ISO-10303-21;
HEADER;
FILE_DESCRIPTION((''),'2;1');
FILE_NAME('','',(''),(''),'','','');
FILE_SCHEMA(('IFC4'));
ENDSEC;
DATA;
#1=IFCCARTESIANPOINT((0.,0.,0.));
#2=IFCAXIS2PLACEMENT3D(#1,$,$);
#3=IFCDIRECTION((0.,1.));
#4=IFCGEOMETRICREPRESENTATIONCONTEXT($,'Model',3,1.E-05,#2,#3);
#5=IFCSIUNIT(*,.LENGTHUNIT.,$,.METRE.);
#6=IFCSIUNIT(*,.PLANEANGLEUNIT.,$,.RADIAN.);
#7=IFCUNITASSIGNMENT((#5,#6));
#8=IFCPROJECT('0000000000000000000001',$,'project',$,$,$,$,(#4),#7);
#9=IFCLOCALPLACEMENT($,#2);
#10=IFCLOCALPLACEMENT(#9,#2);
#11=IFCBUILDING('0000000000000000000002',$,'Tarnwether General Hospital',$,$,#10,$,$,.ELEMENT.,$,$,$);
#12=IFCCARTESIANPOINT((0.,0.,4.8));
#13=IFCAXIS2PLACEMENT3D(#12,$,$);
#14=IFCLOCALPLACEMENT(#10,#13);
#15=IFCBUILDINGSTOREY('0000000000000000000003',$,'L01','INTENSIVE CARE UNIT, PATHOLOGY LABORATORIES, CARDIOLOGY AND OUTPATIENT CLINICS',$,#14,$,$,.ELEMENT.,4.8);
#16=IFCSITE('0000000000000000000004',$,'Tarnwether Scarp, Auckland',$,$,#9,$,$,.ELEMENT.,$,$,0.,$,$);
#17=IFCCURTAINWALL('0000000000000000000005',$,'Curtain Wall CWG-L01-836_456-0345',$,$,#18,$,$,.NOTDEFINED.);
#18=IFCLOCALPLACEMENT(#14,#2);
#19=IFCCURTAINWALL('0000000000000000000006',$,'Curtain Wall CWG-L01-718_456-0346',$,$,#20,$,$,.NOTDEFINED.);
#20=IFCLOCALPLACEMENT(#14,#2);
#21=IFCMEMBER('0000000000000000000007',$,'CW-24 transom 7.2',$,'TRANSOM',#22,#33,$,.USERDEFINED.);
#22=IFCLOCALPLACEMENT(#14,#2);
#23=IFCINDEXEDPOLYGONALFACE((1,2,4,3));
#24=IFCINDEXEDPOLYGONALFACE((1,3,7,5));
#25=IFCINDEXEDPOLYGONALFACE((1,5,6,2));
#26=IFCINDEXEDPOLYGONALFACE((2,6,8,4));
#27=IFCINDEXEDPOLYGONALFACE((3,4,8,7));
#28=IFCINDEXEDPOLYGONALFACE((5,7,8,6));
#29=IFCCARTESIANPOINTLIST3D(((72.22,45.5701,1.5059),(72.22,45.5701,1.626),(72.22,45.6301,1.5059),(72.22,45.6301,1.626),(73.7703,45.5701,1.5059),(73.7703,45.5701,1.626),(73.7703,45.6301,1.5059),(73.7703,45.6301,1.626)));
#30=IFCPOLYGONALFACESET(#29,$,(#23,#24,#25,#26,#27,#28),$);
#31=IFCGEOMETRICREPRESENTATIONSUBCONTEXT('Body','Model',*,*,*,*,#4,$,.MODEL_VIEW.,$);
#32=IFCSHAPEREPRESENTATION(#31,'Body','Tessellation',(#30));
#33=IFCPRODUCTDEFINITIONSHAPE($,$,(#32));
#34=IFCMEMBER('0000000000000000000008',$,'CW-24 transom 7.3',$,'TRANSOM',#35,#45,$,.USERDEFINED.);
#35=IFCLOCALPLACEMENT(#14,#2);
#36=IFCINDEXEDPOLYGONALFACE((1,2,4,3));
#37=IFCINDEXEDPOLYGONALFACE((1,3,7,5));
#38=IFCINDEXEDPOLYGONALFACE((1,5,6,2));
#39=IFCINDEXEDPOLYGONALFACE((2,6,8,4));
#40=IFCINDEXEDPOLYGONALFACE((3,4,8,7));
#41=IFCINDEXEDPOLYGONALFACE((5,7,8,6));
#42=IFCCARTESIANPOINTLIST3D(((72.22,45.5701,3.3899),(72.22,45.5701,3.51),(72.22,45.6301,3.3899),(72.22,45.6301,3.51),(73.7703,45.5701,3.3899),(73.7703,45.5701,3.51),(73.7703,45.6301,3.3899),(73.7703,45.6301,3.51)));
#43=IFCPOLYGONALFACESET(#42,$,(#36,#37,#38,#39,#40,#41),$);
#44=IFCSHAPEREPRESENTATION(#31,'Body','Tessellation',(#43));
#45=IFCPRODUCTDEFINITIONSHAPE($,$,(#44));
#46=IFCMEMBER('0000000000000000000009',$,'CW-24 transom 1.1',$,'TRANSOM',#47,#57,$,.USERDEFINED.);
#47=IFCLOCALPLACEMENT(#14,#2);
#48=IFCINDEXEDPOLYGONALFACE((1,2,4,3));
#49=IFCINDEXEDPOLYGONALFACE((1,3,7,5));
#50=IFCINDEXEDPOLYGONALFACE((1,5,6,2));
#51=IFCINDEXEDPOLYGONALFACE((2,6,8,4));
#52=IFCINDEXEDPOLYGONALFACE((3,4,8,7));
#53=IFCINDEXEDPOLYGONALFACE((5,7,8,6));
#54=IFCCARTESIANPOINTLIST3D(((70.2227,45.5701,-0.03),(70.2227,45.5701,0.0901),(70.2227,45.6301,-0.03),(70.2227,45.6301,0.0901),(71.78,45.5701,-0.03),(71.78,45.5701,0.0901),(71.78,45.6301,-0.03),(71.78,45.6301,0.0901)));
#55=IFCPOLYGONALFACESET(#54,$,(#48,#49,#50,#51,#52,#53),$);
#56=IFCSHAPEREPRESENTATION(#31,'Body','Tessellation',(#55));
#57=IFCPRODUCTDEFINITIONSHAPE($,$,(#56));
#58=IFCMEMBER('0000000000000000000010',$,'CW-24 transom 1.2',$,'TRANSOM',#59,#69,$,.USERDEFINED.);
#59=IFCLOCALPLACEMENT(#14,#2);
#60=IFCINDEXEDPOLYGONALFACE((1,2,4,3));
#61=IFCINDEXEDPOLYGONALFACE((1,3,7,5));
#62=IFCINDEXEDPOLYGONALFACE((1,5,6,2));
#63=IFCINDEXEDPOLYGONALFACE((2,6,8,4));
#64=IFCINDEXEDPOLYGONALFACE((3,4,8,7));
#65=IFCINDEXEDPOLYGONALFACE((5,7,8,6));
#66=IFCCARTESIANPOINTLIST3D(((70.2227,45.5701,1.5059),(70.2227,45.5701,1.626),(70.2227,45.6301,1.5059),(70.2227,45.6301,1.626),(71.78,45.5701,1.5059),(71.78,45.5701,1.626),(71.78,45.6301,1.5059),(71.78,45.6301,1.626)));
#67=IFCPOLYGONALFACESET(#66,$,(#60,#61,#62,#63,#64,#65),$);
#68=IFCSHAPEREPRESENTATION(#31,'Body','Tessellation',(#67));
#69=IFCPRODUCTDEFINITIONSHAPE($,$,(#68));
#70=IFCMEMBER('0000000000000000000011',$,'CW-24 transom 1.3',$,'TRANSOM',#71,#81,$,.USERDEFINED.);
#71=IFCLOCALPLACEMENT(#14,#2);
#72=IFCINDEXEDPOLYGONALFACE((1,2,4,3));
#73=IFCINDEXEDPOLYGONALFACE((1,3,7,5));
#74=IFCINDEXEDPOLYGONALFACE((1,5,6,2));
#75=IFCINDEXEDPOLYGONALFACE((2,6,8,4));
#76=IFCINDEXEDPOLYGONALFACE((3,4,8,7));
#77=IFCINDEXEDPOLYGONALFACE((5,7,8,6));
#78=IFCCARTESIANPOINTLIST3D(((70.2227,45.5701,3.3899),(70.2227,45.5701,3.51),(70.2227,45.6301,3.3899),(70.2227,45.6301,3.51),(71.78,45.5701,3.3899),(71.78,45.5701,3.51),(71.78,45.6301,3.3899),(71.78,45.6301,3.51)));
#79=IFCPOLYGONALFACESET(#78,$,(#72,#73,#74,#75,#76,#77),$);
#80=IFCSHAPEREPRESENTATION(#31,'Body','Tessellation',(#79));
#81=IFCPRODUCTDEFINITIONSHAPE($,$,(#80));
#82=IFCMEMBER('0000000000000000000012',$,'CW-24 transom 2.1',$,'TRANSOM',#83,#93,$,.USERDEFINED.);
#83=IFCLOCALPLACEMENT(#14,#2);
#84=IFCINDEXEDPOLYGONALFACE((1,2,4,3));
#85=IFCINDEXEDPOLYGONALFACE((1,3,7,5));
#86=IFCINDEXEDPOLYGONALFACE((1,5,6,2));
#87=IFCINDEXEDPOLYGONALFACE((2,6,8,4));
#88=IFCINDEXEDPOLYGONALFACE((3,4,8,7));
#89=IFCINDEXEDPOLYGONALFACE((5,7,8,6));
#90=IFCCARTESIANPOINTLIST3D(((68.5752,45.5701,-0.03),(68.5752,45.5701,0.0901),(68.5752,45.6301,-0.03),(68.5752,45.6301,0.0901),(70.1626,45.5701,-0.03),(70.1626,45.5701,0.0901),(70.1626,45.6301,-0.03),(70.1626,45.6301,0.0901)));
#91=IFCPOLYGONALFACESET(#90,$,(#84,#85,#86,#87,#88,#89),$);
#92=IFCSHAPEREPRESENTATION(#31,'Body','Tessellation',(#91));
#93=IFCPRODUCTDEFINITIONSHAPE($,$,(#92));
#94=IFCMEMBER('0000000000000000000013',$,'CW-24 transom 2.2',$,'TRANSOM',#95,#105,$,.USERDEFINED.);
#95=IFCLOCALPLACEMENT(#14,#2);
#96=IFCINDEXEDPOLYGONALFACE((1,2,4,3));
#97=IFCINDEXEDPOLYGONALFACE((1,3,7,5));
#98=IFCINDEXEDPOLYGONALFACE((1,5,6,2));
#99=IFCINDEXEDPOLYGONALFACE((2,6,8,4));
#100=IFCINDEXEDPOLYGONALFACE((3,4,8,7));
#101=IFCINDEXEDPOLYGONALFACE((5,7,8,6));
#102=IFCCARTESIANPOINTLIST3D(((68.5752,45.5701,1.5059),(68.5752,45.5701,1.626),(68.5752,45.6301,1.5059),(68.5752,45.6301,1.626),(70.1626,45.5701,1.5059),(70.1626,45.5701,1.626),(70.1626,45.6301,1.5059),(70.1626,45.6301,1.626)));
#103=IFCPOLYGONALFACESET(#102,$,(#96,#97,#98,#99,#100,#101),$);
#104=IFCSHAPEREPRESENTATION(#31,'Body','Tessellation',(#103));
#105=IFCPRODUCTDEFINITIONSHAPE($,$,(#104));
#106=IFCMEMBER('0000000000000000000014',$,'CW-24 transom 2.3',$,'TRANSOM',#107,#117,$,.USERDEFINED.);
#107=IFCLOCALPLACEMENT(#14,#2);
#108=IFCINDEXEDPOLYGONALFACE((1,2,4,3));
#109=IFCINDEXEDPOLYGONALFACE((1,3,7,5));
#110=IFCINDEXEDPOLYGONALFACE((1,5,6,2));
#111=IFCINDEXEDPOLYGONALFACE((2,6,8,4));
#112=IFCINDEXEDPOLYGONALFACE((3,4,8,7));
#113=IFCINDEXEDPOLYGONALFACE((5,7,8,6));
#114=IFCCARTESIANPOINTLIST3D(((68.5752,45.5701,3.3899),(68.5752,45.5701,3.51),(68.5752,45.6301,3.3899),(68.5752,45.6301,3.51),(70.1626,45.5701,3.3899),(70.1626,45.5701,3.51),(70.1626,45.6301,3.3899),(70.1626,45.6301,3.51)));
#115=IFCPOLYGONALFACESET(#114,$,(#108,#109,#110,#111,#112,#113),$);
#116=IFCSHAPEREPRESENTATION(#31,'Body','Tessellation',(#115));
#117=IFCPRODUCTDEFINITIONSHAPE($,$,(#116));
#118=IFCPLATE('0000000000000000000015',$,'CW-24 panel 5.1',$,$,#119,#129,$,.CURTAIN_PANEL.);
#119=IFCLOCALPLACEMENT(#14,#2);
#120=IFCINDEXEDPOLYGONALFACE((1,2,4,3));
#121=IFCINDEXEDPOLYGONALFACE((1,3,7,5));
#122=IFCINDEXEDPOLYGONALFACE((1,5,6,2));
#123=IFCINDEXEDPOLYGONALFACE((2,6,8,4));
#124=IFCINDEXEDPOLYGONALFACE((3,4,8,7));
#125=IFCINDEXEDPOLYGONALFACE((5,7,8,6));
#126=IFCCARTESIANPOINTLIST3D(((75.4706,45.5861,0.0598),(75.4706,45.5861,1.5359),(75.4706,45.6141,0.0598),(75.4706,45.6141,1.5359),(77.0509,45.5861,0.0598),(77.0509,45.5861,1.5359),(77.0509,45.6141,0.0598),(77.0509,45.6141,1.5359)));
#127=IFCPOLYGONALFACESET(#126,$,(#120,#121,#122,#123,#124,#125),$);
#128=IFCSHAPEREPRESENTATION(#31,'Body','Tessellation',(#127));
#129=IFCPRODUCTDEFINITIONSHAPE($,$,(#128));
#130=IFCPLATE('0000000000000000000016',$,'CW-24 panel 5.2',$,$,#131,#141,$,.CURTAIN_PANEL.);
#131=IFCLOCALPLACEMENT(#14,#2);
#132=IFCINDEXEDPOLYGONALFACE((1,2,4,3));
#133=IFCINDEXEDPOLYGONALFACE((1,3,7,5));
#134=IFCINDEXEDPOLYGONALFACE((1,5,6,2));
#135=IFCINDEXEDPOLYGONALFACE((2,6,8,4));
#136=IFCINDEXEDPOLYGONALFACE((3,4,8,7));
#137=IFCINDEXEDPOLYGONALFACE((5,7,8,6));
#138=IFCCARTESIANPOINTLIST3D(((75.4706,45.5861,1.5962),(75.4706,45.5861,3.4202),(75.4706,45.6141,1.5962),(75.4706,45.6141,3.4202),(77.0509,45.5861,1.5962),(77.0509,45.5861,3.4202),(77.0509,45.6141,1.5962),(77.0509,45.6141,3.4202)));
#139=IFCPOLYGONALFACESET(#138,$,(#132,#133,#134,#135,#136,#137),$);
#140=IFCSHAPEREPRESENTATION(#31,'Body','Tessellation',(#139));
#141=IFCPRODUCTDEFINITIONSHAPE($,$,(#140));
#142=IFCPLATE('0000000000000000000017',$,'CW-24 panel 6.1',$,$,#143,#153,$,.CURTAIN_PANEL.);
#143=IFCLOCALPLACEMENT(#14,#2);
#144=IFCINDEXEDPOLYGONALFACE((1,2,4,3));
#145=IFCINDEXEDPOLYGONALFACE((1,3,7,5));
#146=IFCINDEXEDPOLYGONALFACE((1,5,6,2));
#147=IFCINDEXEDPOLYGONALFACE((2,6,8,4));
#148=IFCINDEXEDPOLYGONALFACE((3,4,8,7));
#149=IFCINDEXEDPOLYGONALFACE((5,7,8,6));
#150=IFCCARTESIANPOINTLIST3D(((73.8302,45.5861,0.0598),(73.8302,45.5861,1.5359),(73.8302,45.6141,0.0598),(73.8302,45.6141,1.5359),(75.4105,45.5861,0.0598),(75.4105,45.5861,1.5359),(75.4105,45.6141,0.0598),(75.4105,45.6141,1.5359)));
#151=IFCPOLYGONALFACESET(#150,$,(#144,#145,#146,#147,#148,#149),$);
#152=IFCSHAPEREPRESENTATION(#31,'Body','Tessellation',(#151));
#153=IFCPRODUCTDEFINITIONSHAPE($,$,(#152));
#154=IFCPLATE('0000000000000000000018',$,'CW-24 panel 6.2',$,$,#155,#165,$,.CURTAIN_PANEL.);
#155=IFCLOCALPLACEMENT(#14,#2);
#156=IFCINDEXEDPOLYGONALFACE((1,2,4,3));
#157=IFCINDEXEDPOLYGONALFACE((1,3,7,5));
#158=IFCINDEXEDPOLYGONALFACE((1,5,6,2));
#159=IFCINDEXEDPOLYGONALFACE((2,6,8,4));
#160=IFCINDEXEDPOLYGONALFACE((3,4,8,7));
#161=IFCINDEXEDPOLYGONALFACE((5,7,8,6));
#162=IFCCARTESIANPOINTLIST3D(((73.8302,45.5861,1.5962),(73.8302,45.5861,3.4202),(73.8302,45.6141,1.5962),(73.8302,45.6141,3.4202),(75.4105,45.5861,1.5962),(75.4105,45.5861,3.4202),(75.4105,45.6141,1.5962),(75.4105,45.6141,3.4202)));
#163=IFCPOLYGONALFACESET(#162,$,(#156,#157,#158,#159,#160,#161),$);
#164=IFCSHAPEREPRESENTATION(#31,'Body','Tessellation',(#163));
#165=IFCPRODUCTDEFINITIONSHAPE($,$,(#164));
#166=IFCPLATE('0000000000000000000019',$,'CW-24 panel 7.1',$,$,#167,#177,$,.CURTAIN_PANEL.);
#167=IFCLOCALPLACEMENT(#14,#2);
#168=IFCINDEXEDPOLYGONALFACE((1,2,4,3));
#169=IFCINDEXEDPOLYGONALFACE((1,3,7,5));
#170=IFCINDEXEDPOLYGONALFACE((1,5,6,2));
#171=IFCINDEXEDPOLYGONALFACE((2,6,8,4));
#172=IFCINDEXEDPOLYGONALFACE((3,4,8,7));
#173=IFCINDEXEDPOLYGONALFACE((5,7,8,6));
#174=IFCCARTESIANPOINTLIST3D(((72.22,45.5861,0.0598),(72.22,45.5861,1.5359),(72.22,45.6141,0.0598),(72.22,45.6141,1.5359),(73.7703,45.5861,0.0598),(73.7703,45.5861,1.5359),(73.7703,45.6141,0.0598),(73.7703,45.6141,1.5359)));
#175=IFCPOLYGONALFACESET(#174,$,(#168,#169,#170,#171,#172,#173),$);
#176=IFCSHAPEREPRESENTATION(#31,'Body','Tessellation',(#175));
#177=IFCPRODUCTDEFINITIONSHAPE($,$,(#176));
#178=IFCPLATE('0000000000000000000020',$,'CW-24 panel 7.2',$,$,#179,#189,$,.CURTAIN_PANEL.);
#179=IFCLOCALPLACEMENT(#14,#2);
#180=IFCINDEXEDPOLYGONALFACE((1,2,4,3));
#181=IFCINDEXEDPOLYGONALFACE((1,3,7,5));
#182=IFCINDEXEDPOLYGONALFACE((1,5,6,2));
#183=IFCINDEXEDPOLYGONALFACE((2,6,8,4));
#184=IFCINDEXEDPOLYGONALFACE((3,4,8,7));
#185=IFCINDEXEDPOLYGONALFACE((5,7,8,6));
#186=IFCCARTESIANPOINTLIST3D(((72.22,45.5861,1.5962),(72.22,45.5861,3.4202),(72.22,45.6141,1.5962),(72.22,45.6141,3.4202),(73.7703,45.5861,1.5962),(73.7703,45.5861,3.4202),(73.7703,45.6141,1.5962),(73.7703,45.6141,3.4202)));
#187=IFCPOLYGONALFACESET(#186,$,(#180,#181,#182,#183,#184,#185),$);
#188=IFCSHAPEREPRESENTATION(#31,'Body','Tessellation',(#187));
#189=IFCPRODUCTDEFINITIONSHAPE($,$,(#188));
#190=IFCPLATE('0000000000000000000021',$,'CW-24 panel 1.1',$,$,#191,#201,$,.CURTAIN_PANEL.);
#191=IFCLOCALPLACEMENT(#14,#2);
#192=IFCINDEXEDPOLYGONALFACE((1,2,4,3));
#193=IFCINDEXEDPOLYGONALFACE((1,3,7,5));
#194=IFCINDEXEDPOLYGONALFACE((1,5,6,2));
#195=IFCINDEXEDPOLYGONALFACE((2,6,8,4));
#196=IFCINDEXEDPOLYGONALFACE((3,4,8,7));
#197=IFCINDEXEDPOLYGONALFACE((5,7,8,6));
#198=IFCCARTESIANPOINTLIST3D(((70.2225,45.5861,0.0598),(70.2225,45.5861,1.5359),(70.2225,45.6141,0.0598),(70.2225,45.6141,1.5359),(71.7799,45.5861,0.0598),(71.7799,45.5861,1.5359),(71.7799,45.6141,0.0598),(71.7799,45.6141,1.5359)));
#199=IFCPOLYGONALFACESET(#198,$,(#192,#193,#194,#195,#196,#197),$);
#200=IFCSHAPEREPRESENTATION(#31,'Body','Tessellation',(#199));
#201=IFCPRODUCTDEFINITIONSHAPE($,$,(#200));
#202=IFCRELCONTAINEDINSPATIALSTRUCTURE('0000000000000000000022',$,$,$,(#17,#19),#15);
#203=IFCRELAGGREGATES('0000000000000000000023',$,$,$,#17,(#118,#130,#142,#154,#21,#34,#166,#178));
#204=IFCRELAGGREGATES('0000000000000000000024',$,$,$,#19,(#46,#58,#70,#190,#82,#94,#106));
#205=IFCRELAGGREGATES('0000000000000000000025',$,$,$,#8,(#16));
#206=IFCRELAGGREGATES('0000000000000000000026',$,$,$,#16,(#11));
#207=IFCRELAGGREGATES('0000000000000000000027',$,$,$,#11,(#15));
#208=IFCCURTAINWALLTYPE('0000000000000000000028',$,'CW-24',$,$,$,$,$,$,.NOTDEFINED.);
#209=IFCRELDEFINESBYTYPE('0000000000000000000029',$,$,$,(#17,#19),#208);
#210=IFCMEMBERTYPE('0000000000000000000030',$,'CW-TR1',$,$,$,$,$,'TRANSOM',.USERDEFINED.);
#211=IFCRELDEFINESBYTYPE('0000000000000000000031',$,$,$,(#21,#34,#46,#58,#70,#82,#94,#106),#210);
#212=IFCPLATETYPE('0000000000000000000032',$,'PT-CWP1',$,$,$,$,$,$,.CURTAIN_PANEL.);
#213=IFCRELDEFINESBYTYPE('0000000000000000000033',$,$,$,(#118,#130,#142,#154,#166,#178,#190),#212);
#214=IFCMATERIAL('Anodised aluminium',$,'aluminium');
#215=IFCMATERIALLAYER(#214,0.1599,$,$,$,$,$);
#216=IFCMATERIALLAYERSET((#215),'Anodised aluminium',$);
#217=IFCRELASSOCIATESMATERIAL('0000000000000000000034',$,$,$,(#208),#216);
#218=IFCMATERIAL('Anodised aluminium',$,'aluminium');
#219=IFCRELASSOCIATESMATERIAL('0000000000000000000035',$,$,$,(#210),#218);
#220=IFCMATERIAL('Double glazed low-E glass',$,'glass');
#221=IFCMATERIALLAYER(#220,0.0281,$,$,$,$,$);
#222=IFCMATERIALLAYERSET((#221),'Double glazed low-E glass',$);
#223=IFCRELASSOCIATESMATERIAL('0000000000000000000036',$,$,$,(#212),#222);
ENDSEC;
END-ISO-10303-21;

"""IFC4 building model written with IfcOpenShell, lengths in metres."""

from ifc_helpers import new_model, si_unit, direction, frame, origin, origin_2d, place, context, subcontext, project, spatial, rectangle, extrude, material, layer, layer_set, material_profile, profile_set, type_object, element, aggregate, save


model = new_model("IFC4")

# Units and contexts
model_context = context("Model", 3, precision=1e-05, world=origin(), true_north=direction((0.0, 1.0)))
body_context = subcontext(model_context, "Body", "Model", "MODEL_VIEW")
ifc_project = project(units=[si_unit("LENGTHUNIT", "METRE"), si_unit("PLANEANGLEUNIT", "RADIAN")], contexts=[model_context])

# Site, building, storey
site_placement = place(None, origin())
site = spatial("IfcSite", under=ifc_project, at=site_placement, Name="Tarnwether Scarp, Auckland", CompositionType="ELEMENT", RefElevation=0.0)
building_placement = place(site_placement, origin())
building = spatial("IfcBuilding", under=site, at=building_placement, Name="Tarnwether General Hospital", CompositionType="ELEMENT")
storey_placement = place(building_placement, frame((0.0, 0.0, 4.8)))
storey = spatial("IfcBuildingStorey", under=building, at=storey_placement, Name="L01", Description="INTENSIVE CARE UNIT, PATHOLOGY LABORATORIES, CARDIOLOGY AND OUTPATIENT CLINICS", CompositionType="ELEMENT", Elevation=4.8)

# Curtain walls
ifc_material_1 = material(Name="Anodised aluminium", Category="aluminium")
ifc_layer_1 = layer(ifc_material_1, 0.1599)
ifc_layer_set_1 = layer_set([ifc_layer_1], Name="Anodised aluminium")
curtain_wall_type = type_object("IfcCurtainWallType", Name="CW-24", PredefinedType="NOTDEFINED", material=ifc_layer_set_1)
curtain_wall_1_placement = place(storey_placement, origin())
curtain_wall_1 = element("IfcCurtainWall", 1, at=curtain_wall_1_placement, inside=storey, type_object=curtain_wall_type, Name="Curtain Wall CWG-L01-836_456-0345", PredefinedType="NOTDEFINED")
curtain_wall_2_placement = place(storey_placement, origin())
curtain_wall_2 = element("IfcCurtainWall", 2, at=curtain_wall_2_placement, inside=storey, type_object=curtain_wall_type, Name="Curtain Wall CWG-L01-718_456-0346", PredefinedType="NOTDEFINED")

# Members
ifc_material_2 = material(Name="Anodised aluminium", Category="aluminium")
ifc_material_profile_1 = material_profile(ifc_material_2, rectangle(XDim=0.0601, YDim=0.1201, at=origin_2d()), Name="ALU-TRN-60x120")
ifc_profile_set_1 = profile_set([ifc_material_profile_1], Name="Anodised aluminium")
member_type_1 = type_object("IfcMemberType", Name="CW-TR1", ElementType="TRANSOM", PredefinedType="USERDEFINED", material=ifc_profile_set_1)
member_1_placement = place(storey_placement, frame((73.7703, 45.6001, 1.5659), z_axis=(-1.0, 0.0, 0.0), x_axis=(0.0, -1.0, 0.0)))
member_1 = element("IfcMember", 3, at=member_1_placement, type_object=member_type_1, Name="CW-24 transom 7.2", ObjectType="TRANSOM", PredefinedType="USERDEFINED", context=body_context, shape_type="SweptSolid", body=[
    extrude(rectangle(XDim=0.0601, YDim=0.1201, at=origin_2d()), origin(), (0.0, 0.0, 1.0), 1.5503),
])
member_2_placement = place(storey_placement, frame((73.7703, 45.6001, 3.45), z_axis=(-1.0, 0.0, 0.0), x_axis=(0.0, -1.0, 0.0)))
member_2 = element("IfcMember", 4, at=member_2_placement, type_object=member_type_1, Name="CW-24 transom 7.3", ObjectType="TRANSOM", PredefinedType="USERDEFINED", context=body_context, shape_type="SweptSolid", body=[
    extrude(rectangle(XDim=0.0601, YDim=0.1201, at=origin_2d()), origin(), (0.0, 0.0, 1.0), 1.5503),
])
member_3_placement = place(storey_placement, frame((71.78, 45.6001, 0.03), z_axis=(-1.0, 0.0, 0.0), x_axis=(0.0, -1.0, 0.0)))
member_3 = element("IfcMember", 5, at=member_3_placement, type_object=member_type_1, Name="CW-24 transom 1.1", ObjectType="TRANSOM", PredefinedType="USERDEFINED", context=body_context, shape_type="SweptSolid", body=[
    extrude(rectangle(XDim=0.0601, YDim=0.1201, at=origin_2d()), origin(), (0.0, 0.0, 1.0), 1.5574),
])
member_4_placement = place(storey_placement, frame((71.78, 45.6001, 1.5659), z_axis=(-1.0, 0.0, 0.0), x_axis=(0.0, -1.0, 0.0)))
member_4 = element("IfcMember", 6, at=member_4_placement, type_object=member_type_1, Name="CW-24 transom 1.2", ObjectType="TRANSOM", PredefinedType="USERDEFINED", context=body_context, shape_type="SweptSolid", body=[
    extrude(rectangle(XDim=0.0601, YDim=0.1201, at=origin_2d()), origin(), (0.0, 0.0, 1.0), 1.5574),
])
member_5_placement = place(storey_placement, frame((71.78, 45.6001, 3.45), z_axis=(-1.0, 0.0, 0.0), x_axis=(0.0, -1.0, 0.0)))
member_5 = element("IfcMember", 7, at=member_5_placement, type_object=member_type_1, Name="CW-24 transom 1.3", ObjectType="TRANSOM", PredefinedType="USERDEFINED", context=body_context, shape_type="SweptSolid", body=[
    extrude(rectangle(XDim=0.0601, YDim=0.1201, at=origin_2d()), origin(), (0.0, 0.0, 1.0), 1.5574),
])
member_6_placement = place(storey_placement, frame((70.1626, 45.6001, 0.03), z_axis=(-1.0, 0.0, 0.0), x_axis=(0.0, -1.0, 0.0)))
member_6 = element("IfcMember", 8, at=member_6_placement, type_object=member_type_1, Name="CW-24 transom 2.1", ObjectType="TRANSOM", PredefinedType="USERDEFINED", context=body_context, shape_type="SweptSolid", body=[
    extrude(rectangle(XDim=0.0601, YDim=0.1201, at=origin_2d()), origin(), (0.0, 0.0, 1.0), 1.5874),
])
member_7_placement = place(storey_placement, frame((70.1626, 45.6001, 1.5659), z_axis=(-1.0, 0.0, 0.0), x_axis=(0.0, -1.0, 0.0)))
member_7 = element("IfcMember", 9, at=member_7_placement, type_object=member_type_1, Name="CW-24 transom 2.2", ObjectType="TRANSOM", PredefinedType="USERDEFINED", context=body_context, shape_type="SweptSolid", body=[
    extrude(rectangle(XDim=0.0601, YDim=0.1201, at=origin_2d()), origin(), (0.0, 0.0, 1.0), 1.5874),
])
member_8_placement = place(storey_placement, frame((70.1626, 45.6001, 3.45), z_axis=(-1.0, 0.0, 0.0), x_axis=(0.0, -1.0, 0.0)))
member_8 = element("IfcMember", 10, at=member_8_placement, type_object=member_type_1, Name="CW-24 transom 2.3", ObjectType="TRANSOM", PredefinedType="USERDEFINED", context=body_context, shape_type="SweptSolid", body=[
    extrude(rectangle(XDim=0.0601, YDim=0.1201, at=origin_2d()), origin(), (0.0, 0.0, 1.0), 1.5874),
])

# Plates
ifc_material_3 = material(Name="Double glazed low-E glass", Category="glass")
ifc_layer_2 = layer(ifc_material_3, 0.0281)
ifc_layer_set_2 = layer_set([ifc_layer_2], Name="Double glazed low-E glass")
plate_type = type_object("IfcPlateType", Name="PT-CWP1", PredefinedType="CURTAIN_PANEL", material=ifc_layer_set_2)
plate_1_placement = place(storey_placement, frame((76.2607, 45.6001, 0.0598), z_axis=(0.0, 0.0, 1.0), x_axis=(-1.0, 0.0, 0.0)))
plate_1 = element("IfcPlate", 11, at=plate_1_placement, type_object=plate_type, Name="CW-24 panel 5.1", PredefinedType="CURTAIN_PANEL", context=body_context, shape_type="SweptSolid", body=[
    extrude(rectangle(XDim=1.5803, YDim=0.0281, at=origin_2d()), origin(), (0.0, 0.0, 1.0), 1.4761),
])
plate_2_placement = place(storey_placement, frame((76.2607, 45.6001, 1.5962), z_axis=(0.0, 0.0, 1.0), x_axis=(-1.0, 0.0, 0.0)))
plate_2 = element("IfcPlate", 12, at=plate_2_placement, type_object=plate_type, Name="CW-24 panel 5.2", PredefinedType="CURTAIN_PANEL", context=body_context, shape_type="SweptSolid", body=[
    extrude(rectangle(XDim=1.5803, YDim=0.0281, at=origin_2d()), origin(), (0.0, 0.0, 1.0), 1.824),
])
plate_3_placement = place(storey_placement, frame((74.6204, 45.6001, 0.0598), z_axis=(0.0, 0.0, 1.0), x_axis=(-1.0, 0.0, 0.0)))
plate_3 = element("IfcPlate", 13, at=plate_3_placement, type_object=plate_type, Name="CW-24 panel 6.1", PredefinedType="CURTAIN_PANEL", context=body_context, shape_type="SweptSolid", body=[
    extrude(rectangle(XDim=1.5803, YDim=0.0281, at=origin_2d()), origin(), (0.0, 0.0, 1.0), 1.4761),
])
plate_4_placement = place(storey_placement, frame((74.6204, 45.6001, 1.5962), z_axis=(0.0, 0.0, 1.0), x_axis=(-1.0, 0.0, 0.0)))
plate_4 = element("IfcPlate", 14, at=plate_4_placement, type_object=plate_type, Name="CW-24 panel 6.2", PredefinedType="CURTAIN_PANEL", context=body_context, shape_type="SweptSolid", body=[
    extrude(rectangle(XDim=1.5803, YDim=0.0281, at=origin_2d()), origin(), (0.0, 0.0, 1.0), 1.824),
])
plate_5_placement = place(storey_placement, frame((72.9951, 45.6001, 0.0598), z_axis=(0.0, 0.0, 1.0), x_axis=(-1.0, 0.0, 0.0)))
plate_5 = element("IfcPlate", 15, at=plate_5_placement, type_object=plate_type, Name="CW-24 panel 7.1", PredefinedType="CURTAIN_PANEL", context=body_context, shape_type="SweptSolid", body=[
    extrude(rectangle(XDim=1.5503, YDim=0.0281, at=origin_2d()), origin(), (0.0, 0.0, 1.0), 1.4761),
])
plate_6_placement = place(storey_placement, frame((72.9951, 45.6001, 1.5962), z_axis=(0.0, 0.0, 1.0), x_axis=(-1.0, 0.0, 0.0)))
plate_6 = element("IfcPlate", 16, at=plate_6_placement, type_object=plate_type, Name="CW-24 panel 7.2", PredefinedType="CURTAIN_PANEL", context=body_context, shape_type="SweptSolid", body=[
    extrude(rectangle(XDim=1.5503, YDim=0.0281, at=origin_2d()), origin(), (0.0, 0.0, 1.0), 1.824),
])
aggregate(curtain_wall_1, [plate_1, plate_2, plate_3, plate_4, member_1, member_2, plate_5, plate_6])
plate_7_placement = place(storey_placement, frame((71.0012, 45.6001, 0.0598), z_axis=(0.0, 0.0, 1.0), x_axis=(-1.0, 0.0, 0.0)))
plate_7 = element("IfcPlate", 17, at=plate_7_placement, type_object=plate_type, Name="CW-24 panel 1.1", PredefinedType="CURTAIN_PANEL", context=body_context, shape_type="SweptSolid", body=[
    extrude(rectangle(XDim=1.5574, YDim=0.0281, at=origin_2d()), origin(), (0.0, 0.0, 1.0), 1.4761),
])
aggregate(curtain_wall_2, [member_3, member_4, member_5, plate_7, member_6, member_7, member_8])

save(model, "model.ifc")
